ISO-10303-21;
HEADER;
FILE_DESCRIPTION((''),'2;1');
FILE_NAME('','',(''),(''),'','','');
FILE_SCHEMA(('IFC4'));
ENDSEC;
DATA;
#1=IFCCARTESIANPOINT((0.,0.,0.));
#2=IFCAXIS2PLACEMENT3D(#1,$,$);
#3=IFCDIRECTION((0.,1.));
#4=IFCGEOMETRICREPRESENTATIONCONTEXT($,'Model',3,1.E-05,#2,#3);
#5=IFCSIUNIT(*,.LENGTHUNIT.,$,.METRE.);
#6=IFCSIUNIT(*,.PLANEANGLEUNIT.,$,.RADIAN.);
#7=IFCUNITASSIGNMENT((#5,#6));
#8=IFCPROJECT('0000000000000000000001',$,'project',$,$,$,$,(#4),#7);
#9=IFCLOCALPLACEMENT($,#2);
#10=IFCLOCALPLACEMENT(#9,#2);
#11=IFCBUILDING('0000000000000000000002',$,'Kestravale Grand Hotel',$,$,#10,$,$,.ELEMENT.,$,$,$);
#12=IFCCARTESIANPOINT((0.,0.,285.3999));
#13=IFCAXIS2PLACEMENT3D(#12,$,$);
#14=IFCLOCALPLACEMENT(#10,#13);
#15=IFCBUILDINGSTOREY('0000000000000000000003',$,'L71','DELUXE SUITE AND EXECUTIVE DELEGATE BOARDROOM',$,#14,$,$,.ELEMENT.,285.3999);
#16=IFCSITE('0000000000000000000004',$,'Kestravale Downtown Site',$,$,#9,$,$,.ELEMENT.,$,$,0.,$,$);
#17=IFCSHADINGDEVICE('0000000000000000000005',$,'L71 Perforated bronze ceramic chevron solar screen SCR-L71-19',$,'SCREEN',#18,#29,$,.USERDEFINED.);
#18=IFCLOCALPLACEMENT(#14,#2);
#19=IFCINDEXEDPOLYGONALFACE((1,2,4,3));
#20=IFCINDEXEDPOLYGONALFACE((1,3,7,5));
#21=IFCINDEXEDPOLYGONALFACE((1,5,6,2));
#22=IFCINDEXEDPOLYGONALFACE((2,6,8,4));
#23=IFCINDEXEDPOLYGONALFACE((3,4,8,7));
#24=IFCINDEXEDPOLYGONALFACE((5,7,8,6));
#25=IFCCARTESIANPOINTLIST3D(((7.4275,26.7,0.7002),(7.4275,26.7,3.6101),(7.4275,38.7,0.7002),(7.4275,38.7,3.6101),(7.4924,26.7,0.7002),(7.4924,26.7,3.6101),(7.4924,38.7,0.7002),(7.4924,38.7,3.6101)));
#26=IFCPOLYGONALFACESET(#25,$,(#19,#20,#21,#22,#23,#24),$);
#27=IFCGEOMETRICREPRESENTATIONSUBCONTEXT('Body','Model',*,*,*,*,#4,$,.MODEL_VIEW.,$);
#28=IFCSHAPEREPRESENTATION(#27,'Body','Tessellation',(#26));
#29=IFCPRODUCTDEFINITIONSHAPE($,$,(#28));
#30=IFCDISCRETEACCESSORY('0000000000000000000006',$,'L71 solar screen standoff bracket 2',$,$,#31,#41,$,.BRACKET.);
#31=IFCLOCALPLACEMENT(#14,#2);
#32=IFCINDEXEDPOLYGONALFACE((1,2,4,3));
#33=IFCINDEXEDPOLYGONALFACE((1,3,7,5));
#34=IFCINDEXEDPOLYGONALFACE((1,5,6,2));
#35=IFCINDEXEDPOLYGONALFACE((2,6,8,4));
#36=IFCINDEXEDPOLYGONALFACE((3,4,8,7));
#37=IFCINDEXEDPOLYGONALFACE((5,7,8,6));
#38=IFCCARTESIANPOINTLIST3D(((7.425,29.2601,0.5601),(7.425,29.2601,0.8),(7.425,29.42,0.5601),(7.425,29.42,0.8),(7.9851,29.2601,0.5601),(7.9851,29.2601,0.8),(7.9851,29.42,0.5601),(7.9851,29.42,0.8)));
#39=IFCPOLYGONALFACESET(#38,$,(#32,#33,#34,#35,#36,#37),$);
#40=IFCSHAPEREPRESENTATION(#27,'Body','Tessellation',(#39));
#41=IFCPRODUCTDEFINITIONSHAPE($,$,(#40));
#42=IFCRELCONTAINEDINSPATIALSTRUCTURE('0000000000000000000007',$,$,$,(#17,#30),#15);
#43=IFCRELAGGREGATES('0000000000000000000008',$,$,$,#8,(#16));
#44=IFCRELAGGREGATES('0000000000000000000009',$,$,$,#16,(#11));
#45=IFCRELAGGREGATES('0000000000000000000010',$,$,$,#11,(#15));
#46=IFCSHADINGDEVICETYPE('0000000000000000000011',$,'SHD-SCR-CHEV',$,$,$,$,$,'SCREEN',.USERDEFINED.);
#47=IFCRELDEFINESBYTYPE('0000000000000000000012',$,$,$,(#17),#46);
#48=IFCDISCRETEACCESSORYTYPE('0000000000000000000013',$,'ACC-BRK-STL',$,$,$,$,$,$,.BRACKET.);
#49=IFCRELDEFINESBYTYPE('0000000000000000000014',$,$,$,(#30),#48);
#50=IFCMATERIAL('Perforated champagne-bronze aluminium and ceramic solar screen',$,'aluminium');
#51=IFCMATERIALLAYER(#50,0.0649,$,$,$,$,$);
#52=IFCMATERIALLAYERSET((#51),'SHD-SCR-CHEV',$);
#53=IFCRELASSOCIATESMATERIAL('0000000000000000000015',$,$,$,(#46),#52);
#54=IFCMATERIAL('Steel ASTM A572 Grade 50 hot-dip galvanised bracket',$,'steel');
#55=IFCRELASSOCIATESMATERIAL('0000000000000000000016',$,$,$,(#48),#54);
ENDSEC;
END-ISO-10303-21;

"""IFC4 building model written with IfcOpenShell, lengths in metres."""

from ifc_helpers import new_model, si_unit, direction, frame, origin, origin_2d, place, context, subcontext, project, spatial, rectangle, extrude, material, layer, layer_set, type_object, element, save


model = new_model("IFC4")

# Units and contexts
model_context = context("Model", 3, precision=1e-05, world=origin(), true_north=direction((0.0, 1.0)))
body_context = subcontext(model_context, "Body", "Model", "MODEL_VIEW")
ifc_project = project(units=[si_unit("LENGTHUNIT", "METRE"), si_unit("PLANEANGLEUNIT", "RADIAN")], contexts=[model_context])

# Site, building, storey
site_placement = place(None, origin())
site = spatial("IfcSite", under=ifc_project, at=site_placement, Name="Kestravale Downtown Site", CompositionType="ELEMENT", RefElevation=0.0)
building_placement = place(site_placement, origin())
building = spatial("IfcBuilding", under=site, at=building_placement, Name="Kestravale Grand Hotel", CompositionType="ELEMENT")
storey_placement = place(building_placement, frame((0.0, 0.0, 285.3999)))
storey = spatial("IfcBuildingStorey", under=building, at=storey_placement, Name="L71", Description="DELUXE SUITE AND EXECUTIVE DELEGATE BOARDROOM", CompositionType="ELEMENT", Elevation=285.3999)

# Shading device
ifc_material_1 = material(Name="Perforated champagne-bronze aluminium and ceramic solar screen", Category="aluminium")
ifc_layer_1 = layer(ifc_material_1, 0.0649)
ifc_layer_set_1 = layer_set([ifc_layer_1], Name="SHD-SCR-CHEV")
shading_device_type = type_object("IfcShadingDeviceType", Name="SHD-SCR-CHEV", ElementType="SCREEN", PredefinedType="USERDEFINED", material=ifc_layer_set_1)
shading_device_placement = place(storey_placement, frame((7.46, 32.7, 0.7002), z_axis=(0.0, 0.0, 1.0), x_axis=(0.0, -1.0, 0.0)))
element("IfcShadingDevice", 1, at=shading_device_placement, inside=storey, type_object=shading_device_type, Name="L71 Perforated bronze ceramic chevron solar screen SCR-L71-19", ObjectType="SCREEN", PredefinedType="USERDEFINED", context=body_context, shape_type="SweptSolid", body=[
    extrude(rectangle(XDim=12.0, YDim=0.0649, at=origin_2d()), origin(), (0.0, 0.0, 1.0), 2.9099),
])

# Discrete accessory
ifc_material_2 = material(Name="Steel ASTM A572 Grade 50 hot-dip galvanised bracket", Category="steel")
discrete_accessory_type = type_object("IfcDiscreteAccessoryType", Name="ACC-BRK-STL", PredefinedType="BRACKET", material=ifc_material_2)
discrete_accessory_placement = place(storey_placement, frame((7.7051, 29.3401, 0.5601), z_axis=(0.0, 0.0, 1.0), x_axis=(0.0, -1.0, 0.0)))
element("IfcDiscreteAccessory", 2, at=discrete_accessory_placement, inside=storey, type_object=discrete_accessory_type, Name="L71 solar screen standoff bracket 2", PredefinedType="BRACKET", context=body_context, shape_type="SweptSolid", body=[
    extrude(rectangle(XDim=0.1599, YDim=0.5601, at=origin_2d()), origin(), (0.0, 0.0, 1.0), 0.24),
])

save(model, "model.ifc")
